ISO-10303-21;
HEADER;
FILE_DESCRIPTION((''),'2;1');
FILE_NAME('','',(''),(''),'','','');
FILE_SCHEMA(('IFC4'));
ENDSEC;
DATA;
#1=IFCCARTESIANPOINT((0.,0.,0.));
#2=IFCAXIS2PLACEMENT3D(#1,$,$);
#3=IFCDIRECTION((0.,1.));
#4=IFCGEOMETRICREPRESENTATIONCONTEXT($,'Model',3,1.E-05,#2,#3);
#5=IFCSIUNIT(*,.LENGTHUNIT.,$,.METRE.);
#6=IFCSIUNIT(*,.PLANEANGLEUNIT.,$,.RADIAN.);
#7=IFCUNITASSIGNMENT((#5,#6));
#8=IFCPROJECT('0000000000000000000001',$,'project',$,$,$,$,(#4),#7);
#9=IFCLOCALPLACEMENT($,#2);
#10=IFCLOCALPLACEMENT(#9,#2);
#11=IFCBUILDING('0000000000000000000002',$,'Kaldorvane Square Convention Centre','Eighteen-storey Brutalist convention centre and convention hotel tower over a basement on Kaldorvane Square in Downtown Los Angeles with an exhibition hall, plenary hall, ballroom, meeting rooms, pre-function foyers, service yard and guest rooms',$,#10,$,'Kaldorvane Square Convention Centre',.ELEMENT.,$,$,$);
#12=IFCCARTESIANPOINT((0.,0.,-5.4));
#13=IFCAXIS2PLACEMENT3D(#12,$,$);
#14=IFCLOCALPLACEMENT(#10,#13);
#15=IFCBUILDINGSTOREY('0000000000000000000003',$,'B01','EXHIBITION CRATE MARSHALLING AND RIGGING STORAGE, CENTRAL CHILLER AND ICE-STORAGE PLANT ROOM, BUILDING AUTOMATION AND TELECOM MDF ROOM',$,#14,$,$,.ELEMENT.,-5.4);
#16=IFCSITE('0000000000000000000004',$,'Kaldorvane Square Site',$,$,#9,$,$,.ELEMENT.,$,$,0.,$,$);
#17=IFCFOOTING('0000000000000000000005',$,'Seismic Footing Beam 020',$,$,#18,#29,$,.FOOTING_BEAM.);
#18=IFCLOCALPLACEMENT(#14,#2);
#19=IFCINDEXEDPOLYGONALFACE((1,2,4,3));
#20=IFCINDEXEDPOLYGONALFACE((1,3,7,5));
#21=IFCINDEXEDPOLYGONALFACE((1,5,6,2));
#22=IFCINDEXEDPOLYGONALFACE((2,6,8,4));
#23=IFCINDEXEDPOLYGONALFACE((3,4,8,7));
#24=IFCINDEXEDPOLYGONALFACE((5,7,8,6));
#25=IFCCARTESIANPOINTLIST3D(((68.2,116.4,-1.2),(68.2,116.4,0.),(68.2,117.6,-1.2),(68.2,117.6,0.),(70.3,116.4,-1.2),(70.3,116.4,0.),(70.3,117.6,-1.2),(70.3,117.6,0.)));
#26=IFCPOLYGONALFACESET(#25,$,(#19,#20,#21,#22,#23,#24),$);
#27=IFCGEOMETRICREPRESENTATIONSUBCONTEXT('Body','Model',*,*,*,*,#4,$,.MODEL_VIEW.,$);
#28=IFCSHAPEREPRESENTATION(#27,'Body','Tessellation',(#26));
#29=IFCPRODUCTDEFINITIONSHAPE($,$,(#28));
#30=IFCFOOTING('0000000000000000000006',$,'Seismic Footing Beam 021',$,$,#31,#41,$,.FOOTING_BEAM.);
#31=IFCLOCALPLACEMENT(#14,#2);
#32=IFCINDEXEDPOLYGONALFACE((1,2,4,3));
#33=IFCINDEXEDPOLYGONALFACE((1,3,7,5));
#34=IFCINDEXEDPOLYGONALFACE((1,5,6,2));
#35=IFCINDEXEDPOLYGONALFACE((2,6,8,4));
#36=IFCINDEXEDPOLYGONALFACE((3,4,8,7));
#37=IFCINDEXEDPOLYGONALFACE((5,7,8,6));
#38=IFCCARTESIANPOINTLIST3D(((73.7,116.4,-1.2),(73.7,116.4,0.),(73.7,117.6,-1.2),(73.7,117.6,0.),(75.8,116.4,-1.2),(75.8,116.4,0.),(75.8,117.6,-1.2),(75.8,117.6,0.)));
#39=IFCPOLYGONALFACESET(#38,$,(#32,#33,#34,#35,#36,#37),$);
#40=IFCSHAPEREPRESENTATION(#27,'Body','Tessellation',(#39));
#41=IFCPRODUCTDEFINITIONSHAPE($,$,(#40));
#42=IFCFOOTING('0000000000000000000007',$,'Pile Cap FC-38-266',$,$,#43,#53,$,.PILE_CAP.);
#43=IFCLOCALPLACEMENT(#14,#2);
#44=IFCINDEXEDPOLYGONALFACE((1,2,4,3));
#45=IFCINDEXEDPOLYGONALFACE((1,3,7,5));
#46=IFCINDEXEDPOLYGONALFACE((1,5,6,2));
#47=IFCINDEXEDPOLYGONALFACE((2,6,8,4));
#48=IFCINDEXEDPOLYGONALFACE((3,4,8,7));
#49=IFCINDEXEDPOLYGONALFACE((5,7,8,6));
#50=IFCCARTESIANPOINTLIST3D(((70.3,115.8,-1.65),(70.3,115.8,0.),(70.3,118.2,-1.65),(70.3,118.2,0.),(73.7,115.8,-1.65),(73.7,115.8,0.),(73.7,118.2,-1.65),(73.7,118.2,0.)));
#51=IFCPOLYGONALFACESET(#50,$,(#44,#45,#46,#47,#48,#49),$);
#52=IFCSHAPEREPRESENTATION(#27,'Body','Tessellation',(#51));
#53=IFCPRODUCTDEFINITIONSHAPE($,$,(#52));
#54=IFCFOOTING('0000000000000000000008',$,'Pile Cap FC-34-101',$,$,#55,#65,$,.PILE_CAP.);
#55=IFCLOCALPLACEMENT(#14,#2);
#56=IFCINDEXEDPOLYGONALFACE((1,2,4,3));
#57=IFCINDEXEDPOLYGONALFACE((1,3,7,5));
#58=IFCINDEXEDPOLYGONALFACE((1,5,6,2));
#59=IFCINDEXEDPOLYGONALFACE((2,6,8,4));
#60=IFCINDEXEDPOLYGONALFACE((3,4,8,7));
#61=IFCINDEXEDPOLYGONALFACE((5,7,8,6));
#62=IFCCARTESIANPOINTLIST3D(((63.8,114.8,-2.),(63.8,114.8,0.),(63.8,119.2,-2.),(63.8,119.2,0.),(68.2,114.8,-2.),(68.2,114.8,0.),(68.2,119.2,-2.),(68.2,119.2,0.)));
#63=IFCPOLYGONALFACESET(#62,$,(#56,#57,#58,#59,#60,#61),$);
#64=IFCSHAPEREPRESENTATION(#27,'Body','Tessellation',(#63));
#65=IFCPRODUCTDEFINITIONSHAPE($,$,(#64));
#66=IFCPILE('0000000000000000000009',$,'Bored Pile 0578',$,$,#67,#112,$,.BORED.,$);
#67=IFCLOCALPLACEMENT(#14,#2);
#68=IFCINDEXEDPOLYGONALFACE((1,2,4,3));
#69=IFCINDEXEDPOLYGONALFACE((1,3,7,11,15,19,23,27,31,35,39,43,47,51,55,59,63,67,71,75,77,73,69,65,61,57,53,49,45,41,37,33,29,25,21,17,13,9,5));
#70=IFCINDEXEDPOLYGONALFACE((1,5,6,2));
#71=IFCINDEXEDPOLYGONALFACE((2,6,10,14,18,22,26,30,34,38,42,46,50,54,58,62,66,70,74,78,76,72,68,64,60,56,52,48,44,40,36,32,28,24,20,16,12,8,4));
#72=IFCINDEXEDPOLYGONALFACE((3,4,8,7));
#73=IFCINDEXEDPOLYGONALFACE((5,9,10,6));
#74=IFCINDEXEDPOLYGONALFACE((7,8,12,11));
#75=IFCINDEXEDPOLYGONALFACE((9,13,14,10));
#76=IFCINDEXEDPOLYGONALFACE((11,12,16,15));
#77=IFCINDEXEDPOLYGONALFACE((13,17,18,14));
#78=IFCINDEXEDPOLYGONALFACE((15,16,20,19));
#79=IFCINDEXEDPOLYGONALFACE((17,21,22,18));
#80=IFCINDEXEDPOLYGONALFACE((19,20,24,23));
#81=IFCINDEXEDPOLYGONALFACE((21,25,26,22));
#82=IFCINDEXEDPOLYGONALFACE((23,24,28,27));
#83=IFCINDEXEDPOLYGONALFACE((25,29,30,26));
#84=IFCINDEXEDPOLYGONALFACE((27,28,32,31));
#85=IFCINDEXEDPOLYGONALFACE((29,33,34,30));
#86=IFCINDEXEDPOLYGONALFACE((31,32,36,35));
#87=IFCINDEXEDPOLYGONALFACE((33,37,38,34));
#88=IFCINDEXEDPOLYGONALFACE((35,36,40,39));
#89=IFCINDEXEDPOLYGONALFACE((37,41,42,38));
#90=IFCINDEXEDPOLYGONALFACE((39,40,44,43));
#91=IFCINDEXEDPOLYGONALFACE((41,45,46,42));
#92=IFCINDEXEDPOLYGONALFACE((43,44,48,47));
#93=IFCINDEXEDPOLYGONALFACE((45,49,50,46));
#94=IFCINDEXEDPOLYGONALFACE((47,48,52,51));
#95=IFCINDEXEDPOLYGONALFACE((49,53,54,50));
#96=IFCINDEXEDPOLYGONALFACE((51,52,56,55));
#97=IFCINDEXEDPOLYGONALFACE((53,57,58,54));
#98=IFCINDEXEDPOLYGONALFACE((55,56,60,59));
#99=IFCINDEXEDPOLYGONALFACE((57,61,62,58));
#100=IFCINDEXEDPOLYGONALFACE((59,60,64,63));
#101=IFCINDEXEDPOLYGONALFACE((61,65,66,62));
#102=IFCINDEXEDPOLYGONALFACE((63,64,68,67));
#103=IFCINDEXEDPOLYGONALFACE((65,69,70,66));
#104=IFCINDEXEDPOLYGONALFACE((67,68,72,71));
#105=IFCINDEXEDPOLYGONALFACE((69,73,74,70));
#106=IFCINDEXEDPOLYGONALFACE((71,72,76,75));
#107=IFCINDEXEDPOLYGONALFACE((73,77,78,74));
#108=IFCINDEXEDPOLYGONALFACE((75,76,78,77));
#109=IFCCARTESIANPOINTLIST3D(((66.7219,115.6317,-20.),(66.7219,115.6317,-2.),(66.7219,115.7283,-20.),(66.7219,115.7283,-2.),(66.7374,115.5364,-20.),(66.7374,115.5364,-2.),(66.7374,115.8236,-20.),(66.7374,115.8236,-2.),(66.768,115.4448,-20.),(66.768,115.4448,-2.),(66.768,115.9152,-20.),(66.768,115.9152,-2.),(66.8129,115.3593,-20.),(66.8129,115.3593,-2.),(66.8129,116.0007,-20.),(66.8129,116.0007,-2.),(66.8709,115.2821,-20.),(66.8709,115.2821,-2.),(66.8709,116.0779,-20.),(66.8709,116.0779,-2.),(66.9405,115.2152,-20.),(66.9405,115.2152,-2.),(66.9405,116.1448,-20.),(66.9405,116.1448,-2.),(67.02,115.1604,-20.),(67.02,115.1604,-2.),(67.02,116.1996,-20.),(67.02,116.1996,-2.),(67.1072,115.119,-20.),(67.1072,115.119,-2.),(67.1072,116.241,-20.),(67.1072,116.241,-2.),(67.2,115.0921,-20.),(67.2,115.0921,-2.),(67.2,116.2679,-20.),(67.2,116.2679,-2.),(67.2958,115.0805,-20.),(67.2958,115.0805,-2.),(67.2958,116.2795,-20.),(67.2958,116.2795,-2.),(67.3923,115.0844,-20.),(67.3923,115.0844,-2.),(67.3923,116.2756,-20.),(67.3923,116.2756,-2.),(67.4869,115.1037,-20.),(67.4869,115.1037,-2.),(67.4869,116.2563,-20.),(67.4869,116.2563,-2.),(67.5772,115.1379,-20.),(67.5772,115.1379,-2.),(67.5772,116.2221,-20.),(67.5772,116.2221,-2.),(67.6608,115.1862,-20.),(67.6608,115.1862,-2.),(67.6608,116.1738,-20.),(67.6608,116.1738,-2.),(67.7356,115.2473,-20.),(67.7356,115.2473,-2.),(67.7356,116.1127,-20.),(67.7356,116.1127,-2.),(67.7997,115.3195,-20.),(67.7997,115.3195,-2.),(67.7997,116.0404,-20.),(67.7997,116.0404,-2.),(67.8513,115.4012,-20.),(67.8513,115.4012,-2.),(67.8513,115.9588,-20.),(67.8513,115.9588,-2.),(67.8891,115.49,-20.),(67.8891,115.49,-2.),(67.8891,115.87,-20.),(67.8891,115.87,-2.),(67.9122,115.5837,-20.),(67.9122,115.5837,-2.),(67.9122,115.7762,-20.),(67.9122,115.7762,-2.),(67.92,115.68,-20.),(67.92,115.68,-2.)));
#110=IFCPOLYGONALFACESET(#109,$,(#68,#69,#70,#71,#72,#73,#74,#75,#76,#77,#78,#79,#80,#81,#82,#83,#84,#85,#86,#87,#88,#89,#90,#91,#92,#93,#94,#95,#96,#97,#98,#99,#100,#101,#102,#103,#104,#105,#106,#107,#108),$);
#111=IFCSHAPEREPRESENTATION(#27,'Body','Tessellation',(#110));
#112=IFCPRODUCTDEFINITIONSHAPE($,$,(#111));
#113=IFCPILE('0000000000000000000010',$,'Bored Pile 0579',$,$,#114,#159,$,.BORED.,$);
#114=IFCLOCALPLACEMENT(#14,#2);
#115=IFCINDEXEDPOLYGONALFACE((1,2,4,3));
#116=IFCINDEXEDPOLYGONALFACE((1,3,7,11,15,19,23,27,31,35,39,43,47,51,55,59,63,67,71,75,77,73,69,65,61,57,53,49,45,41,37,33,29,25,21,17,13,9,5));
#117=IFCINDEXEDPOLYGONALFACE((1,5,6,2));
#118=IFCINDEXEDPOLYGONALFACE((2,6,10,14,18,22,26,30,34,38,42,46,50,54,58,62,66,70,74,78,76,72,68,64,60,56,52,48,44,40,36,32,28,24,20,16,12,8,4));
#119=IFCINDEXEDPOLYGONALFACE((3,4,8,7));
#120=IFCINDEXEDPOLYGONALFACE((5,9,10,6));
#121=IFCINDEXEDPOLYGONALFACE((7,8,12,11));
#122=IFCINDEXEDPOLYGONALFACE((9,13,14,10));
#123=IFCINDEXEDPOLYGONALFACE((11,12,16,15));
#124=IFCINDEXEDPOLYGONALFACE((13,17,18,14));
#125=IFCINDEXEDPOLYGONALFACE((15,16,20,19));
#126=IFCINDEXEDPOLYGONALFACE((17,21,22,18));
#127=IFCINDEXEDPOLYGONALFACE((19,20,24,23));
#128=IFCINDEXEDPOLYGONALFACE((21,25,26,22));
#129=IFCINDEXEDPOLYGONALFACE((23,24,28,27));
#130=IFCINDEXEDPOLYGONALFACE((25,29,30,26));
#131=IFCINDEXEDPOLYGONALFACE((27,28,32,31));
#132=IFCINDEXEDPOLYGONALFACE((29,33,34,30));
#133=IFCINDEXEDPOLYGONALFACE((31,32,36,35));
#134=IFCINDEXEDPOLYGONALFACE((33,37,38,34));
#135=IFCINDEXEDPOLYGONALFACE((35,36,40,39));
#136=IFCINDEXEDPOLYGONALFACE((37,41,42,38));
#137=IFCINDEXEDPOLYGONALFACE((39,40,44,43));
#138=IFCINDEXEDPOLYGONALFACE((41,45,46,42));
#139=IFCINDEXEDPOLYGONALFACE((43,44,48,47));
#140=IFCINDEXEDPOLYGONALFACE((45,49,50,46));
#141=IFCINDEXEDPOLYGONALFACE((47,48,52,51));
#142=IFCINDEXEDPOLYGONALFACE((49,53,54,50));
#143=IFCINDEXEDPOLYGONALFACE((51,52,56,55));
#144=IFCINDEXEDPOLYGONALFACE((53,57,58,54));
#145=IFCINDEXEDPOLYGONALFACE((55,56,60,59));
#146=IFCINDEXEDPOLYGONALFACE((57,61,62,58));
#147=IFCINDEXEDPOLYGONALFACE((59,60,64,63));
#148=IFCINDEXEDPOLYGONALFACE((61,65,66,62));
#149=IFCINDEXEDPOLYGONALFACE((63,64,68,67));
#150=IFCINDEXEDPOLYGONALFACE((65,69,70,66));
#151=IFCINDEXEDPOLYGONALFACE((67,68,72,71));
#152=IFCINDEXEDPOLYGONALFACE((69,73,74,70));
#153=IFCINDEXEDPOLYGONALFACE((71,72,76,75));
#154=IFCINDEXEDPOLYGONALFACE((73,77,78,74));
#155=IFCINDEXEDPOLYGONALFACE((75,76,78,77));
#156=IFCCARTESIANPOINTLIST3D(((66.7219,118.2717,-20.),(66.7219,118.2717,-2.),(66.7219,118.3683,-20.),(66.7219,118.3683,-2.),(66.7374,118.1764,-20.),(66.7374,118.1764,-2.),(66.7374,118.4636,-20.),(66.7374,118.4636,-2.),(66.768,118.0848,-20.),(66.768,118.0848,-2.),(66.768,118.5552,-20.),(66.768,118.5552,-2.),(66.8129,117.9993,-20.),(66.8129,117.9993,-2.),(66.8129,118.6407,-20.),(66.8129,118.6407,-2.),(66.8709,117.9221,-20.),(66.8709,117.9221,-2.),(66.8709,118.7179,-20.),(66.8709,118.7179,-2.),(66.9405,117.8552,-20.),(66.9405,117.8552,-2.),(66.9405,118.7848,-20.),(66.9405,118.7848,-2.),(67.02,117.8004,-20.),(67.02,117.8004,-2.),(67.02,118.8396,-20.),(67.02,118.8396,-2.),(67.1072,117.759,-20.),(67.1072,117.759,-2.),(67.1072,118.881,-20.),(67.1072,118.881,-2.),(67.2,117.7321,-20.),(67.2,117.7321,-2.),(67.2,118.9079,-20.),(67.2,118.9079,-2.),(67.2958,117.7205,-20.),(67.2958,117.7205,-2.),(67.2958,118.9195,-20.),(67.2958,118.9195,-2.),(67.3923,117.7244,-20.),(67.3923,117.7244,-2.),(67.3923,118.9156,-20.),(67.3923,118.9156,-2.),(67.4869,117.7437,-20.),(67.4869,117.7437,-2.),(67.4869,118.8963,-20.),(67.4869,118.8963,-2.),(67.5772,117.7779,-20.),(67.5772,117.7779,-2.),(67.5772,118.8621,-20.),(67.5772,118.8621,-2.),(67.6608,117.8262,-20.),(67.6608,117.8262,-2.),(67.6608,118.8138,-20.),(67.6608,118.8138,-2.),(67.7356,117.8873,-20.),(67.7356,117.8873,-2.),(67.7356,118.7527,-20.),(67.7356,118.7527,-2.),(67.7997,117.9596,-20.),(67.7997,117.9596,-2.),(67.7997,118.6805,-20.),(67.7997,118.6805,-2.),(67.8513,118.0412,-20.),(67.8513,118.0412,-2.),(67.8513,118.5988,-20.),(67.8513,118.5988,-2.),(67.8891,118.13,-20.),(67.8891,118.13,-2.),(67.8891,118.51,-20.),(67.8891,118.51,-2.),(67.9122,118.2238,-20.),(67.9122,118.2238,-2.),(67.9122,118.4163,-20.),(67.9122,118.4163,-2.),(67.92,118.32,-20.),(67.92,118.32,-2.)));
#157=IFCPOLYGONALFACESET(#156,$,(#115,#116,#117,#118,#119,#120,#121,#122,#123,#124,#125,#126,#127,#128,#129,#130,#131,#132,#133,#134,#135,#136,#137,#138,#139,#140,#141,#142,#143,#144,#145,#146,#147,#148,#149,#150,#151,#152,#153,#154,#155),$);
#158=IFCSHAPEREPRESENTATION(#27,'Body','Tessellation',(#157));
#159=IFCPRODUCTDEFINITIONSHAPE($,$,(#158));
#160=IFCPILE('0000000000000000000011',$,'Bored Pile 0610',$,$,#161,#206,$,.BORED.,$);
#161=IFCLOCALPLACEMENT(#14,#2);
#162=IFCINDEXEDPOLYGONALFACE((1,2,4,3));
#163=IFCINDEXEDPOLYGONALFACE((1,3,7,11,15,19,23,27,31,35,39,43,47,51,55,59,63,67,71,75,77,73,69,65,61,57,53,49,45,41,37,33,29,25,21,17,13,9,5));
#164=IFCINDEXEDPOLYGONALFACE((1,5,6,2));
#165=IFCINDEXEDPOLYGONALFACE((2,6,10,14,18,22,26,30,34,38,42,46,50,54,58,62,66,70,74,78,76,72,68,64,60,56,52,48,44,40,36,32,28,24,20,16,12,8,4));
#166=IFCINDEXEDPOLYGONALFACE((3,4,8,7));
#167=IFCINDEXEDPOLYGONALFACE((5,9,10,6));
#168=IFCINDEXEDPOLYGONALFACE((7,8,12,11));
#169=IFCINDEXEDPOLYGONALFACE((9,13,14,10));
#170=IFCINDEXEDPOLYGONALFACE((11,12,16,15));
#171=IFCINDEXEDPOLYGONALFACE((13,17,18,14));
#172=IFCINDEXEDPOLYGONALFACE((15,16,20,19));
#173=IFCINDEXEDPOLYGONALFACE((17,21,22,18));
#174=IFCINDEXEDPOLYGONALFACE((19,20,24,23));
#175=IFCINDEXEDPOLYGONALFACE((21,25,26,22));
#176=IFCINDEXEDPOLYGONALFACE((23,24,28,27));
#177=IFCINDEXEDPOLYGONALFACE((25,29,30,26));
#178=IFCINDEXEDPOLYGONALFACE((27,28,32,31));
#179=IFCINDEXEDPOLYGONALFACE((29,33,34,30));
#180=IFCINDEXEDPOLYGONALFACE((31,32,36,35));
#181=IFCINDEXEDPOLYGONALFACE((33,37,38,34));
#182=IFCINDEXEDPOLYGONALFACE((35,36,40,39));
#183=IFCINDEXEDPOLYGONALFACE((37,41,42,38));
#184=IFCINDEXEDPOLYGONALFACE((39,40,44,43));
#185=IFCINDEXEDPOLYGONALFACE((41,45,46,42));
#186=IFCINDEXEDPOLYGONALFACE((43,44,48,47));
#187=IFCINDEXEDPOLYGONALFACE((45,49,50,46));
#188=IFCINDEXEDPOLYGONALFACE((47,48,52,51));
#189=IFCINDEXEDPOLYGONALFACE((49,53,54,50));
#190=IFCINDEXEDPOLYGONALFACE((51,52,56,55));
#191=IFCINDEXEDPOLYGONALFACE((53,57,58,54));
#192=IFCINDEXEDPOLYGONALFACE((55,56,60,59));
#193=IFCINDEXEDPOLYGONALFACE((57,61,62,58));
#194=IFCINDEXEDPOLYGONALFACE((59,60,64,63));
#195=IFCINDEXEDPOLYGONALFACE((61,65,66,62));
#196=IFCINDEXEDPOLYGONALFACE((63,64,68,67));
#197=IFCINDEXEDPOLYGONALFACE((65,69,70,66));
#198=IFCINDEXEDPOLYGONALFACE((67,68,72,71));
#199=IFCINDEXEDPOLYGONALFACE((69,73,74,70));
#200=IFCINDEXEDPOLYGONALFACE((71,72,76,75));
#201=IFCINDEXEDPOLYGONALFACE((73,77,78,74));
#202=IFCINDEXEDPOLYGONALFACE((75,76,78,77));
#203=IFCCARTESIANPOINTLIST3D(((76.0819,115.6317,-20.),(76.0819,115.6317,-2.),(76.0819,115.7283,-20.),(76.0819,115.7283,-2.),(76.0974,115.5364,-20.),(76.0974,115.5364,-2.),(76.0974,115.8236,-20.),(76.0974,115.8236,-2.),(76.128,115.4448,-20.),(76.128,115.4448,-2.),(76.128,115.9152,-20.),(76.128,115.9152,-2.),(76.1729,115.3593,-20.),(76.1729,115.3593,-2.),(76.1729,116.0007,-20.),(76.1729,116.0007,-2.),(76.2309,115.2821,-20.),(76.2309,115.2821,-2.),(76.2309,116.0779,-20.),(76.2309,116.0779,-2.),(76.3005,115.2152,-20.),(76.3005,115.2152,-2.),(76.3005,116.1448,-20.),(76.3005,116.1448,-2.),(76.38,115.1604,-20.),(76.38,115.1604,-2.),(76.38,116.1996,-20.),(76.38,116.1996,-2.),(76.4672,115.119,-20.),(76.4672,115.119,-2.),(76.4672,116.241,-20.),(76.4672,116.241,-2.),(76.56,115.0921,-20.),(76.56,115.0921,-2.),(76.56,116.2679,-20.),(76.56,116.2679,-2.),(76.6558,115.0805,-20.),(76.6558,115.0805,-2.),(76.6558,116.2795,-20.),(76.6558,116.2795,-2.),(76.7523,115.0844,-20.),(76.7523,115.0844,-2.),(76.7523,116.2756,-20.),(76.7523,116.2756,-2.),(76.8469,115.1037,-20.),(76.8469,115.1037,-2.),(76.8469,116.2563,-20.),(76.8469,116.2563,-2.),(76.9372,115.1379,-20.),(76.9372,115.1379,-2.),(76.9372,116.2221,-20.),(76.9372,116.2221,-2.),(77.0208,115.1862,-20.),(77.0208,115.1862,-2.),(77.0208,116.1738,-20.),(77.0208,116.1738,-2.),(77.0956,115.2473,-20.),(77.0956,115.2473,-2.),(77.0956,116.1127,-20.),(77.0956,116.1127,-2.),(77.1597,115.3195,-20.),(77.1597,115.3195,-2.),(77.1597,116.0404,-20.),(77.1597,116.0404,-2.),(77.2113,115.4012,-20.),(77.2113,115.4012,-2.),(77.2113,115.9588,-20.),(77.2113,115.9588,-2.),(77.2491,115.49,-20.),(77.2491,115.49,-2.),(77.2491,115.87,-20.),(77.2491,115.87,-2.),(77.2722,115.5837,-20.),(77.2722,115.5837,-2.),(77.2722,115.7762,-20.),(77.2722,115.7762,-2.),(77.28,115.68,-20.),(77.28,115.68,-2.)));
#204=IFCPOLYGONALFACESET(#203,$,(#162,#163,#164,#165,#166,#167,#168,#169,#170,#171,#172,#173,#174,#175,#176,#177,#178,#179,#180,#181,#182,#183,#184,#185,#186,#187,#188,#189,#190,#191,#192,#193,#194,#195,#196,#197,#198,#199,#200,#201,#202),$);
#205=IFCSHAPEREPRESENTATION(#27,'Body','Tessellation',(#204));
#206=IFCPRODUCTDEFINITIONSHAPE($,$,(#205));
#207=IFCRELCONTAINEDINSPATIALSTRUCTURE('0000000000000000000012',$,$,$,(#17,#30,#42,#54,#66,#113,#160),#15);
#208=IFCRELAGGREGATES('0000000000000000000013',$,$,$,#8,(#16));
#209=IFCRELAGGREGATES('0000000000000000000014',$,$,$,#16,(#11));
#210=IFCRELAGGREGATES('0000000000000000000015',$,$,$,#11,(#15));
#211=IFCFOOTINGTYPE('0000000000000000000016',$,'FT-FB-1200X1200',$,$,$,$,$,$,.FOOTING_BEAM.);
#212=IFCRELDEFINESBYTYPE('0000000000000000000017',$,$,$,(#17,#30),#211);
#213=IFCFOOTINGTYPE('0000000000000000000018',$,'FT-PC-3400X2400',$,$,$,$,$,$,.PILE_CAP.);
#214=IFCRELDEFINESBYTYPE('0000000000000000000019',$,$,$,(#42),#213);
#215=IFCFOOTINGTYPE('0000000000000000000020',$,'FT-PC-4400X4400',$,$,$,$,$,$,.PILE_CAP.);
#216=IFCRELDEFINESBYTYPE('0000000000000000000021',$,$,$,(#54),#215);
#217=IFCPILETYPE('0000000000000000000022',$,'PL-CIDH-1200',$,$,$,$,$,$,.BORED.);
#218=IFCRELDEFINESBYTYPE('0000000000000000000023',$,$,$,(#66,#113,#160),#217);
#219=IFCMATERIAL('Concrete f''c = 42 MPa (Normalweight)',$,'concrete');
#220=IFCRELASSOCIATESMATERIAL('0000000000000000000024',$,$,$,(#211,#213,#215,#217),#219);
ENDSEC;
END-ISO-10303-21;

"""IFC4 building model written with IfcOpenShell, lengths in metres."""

from ifc_helpers import new_model, si_unit, direction, frame, origin, origin_2d, place, context, subcontext, project, spatial, rectangle, circle, extrude, material, material_profile, profile_set, type_object, element, save


model = new_model("IFC4")

# Units and contexts
model_context = context("Model", 3, precision=1e-05, world=origin(), true_north=direction((0.0, 1.0)))
body_context = subcontext(model_context, "Body", "Model", "MODEL_VIEW")
ifc_project = project(units=[si_unit("LENGTHUNIT", "METRE"), si_unit("PLANEANGLEUNIT", "RADIAN")], contexts=[model_context])

# Site, building, storey
site_placement = place(None, origin())
site = spatial("IfcSite", under=ifc_project, at=site_placement, Name="Kaldorvane Square Site", CompositionType="ELEMENT", RefElevation=0.0)
building_placement = place(site_placement, origin())
building = spatial("IfcBuilding", under=site, at=building_placement, Name="Kaldorvane Square Convention Centre", Description="Eighteen-storey Brutalist convention centre and convention hotel tower over a basement on Kaldorvane Square in Downtown Los Angeles with an exhibition hall, plenary hall, ballroom, meeting rooms, pre-function foyers, service yard and guest rooms", LongName="Kaldorvane Square Convention Centre", CompositionType="ELEMENT")
storey_placement = place(building_placement, frame((0.0, 0.0, -5.4)))
storey = spatial("IfcBuildingStorey", under=building, at=storey_placement, Name="B01", Description="EXHIBITION CRATE MARSHALLING AND RIGGING STORAGE, CENTRAL CHILLER AND ICE-STORAGE PLANT ROOM, BUILDING AUTOMATION AND TELECOM MDF ROOM", CompositionType="ELEMENT", Elevation=-5.4)

# Footings
ifc_material_1 = material(Name="Concrete f'c = 42 MPa (Normalweight)", Category="concrete")
footing_type_1 = type_object("IfcFootingType", Name="FT-FB-1200X1200", PredefinedType="FOOTING_BEAM", material=ifc_material_1)
for number, where, z_axis, x_axis, name in (
    (1, (69.25, 117.0, -1.2), (0.0, 0.0, 1.0), (1.0, 0.0, 0.0), "Seismic Footing Beam 020"),
    (2, (74.75, 117.0, -1.2), (0.0, 0.0, 1.0), (1.0, 0.0, 0.0), "Seismic Footing Beam 021"),
):
    element("IfcFooting", number, at=place(storey_placement, frame(where, z_axis=z_axis, x_axis=x_axis)), inside=storey, type_object=footing_type_1, Name=name, PredefinedType="FOOTING_BEAM", context=body_context, shape_type="SweptSolid", body=[
        extrude(rectangle(XDim=2.1, YDim=1.2, at=origin_2d()), origin(), (0.0, 0.0, 1.0), 1.2),
    ])
footing_type_2 = type_object("IfcFootingType", Name="FT-PC-3400X2400", PredefinedType="PILE_CAP", material=ifc_material_1)
footing_1_placement = place(storey_placement, frame((72.0, 117.0, -1.65), z_axis=(0.0, 0.0, 1.0), x_axis=(1.0, 0.0, 0.0)))
element("IfcFooting", 3, at=footing_1_placement, inside=storey, type_object=footing_type_2, Name="Pile Cap FC-38-266", PredefinedType="PILE_CAP", context=body_context, shape_type="SweptSolid", body=[
    extrude(rectangle(XDim=3.4, YDim=2.4, at=origin_2d()), origin(), (0.0, 0.0, 1.0), 1.65),
])
footing_type_3 = type_object("IfcFootingType", Name="FT-PC-4400X4400", PredefinedType="PILE_CAP", material=ifc_material_1)
footing_2_placement = place(storey_placement, frame((66.0, 117.0, -2.0), z_axis=(0.0, 0.0, 1.0), x_axis=(1.0, 0.0, 0.0)))
element("IfcFooting", 4, at=footing_2_placement, inside=storey, type_object=footing_type_3, Name="Pile Cap FC-34-101", PredefinedType="PILE_CAP", context=body_context, shape_type="SweptSolid", body=[
    extrude(rectangle(XDim=4.4, YDim=4.4, at=origin_2d()), origin(), (0.0, 0.0, 1.0), 2.0),
])

# Piles
ifc_material_profile_1 = material_profile(ifc_material_1, circle(Radius=0.6, at=origin_2d()), Name="PILE-D1200")
ifc_profile_set_1 = profile_set([ifc_material_profile_1], Name="Concrete f'c = 42 MPa (Normalweight)")
pile_type_1 = type_object("IfcPileType", Name="PL-CIDH-1200", PredefinedType="BORED", material=ifc_profile_set_1)
for number, where, z_axis, x_axis, name in (
    (5, (67.32, 115.68, -2.0), (0.0, 0.0, -1.0), (1.0, 0.0, 0.0), "Bored Pile 0578"),
    (6, (67.32, 118.32, -2.0), (0.0, 0.0, -1.0), (1.0, 0.0, 0.0), "Bored Pile 0579"),
    (7, (76.68, 115.68, -2.0), (0.0, 0.0, -1.0), (1.0, 0.0, 0.0), "Bored Pile 0610"),
):
    element("IfcPile", number, at=place(storey_placement, frame(where, z_axis=z_axis, x_axis=x_axis)), inside=storey, type_object=pile_type_1, Name=name, PredefinedType="BORED", context=body_context, shape_type="SweptSolid", body=[
        extrude(circle(Radius=0.6, at=origin_2d()), origin(), (0.0, 0.0, 1.0), 18.0),
    ])

save(model, "model.ifc")
